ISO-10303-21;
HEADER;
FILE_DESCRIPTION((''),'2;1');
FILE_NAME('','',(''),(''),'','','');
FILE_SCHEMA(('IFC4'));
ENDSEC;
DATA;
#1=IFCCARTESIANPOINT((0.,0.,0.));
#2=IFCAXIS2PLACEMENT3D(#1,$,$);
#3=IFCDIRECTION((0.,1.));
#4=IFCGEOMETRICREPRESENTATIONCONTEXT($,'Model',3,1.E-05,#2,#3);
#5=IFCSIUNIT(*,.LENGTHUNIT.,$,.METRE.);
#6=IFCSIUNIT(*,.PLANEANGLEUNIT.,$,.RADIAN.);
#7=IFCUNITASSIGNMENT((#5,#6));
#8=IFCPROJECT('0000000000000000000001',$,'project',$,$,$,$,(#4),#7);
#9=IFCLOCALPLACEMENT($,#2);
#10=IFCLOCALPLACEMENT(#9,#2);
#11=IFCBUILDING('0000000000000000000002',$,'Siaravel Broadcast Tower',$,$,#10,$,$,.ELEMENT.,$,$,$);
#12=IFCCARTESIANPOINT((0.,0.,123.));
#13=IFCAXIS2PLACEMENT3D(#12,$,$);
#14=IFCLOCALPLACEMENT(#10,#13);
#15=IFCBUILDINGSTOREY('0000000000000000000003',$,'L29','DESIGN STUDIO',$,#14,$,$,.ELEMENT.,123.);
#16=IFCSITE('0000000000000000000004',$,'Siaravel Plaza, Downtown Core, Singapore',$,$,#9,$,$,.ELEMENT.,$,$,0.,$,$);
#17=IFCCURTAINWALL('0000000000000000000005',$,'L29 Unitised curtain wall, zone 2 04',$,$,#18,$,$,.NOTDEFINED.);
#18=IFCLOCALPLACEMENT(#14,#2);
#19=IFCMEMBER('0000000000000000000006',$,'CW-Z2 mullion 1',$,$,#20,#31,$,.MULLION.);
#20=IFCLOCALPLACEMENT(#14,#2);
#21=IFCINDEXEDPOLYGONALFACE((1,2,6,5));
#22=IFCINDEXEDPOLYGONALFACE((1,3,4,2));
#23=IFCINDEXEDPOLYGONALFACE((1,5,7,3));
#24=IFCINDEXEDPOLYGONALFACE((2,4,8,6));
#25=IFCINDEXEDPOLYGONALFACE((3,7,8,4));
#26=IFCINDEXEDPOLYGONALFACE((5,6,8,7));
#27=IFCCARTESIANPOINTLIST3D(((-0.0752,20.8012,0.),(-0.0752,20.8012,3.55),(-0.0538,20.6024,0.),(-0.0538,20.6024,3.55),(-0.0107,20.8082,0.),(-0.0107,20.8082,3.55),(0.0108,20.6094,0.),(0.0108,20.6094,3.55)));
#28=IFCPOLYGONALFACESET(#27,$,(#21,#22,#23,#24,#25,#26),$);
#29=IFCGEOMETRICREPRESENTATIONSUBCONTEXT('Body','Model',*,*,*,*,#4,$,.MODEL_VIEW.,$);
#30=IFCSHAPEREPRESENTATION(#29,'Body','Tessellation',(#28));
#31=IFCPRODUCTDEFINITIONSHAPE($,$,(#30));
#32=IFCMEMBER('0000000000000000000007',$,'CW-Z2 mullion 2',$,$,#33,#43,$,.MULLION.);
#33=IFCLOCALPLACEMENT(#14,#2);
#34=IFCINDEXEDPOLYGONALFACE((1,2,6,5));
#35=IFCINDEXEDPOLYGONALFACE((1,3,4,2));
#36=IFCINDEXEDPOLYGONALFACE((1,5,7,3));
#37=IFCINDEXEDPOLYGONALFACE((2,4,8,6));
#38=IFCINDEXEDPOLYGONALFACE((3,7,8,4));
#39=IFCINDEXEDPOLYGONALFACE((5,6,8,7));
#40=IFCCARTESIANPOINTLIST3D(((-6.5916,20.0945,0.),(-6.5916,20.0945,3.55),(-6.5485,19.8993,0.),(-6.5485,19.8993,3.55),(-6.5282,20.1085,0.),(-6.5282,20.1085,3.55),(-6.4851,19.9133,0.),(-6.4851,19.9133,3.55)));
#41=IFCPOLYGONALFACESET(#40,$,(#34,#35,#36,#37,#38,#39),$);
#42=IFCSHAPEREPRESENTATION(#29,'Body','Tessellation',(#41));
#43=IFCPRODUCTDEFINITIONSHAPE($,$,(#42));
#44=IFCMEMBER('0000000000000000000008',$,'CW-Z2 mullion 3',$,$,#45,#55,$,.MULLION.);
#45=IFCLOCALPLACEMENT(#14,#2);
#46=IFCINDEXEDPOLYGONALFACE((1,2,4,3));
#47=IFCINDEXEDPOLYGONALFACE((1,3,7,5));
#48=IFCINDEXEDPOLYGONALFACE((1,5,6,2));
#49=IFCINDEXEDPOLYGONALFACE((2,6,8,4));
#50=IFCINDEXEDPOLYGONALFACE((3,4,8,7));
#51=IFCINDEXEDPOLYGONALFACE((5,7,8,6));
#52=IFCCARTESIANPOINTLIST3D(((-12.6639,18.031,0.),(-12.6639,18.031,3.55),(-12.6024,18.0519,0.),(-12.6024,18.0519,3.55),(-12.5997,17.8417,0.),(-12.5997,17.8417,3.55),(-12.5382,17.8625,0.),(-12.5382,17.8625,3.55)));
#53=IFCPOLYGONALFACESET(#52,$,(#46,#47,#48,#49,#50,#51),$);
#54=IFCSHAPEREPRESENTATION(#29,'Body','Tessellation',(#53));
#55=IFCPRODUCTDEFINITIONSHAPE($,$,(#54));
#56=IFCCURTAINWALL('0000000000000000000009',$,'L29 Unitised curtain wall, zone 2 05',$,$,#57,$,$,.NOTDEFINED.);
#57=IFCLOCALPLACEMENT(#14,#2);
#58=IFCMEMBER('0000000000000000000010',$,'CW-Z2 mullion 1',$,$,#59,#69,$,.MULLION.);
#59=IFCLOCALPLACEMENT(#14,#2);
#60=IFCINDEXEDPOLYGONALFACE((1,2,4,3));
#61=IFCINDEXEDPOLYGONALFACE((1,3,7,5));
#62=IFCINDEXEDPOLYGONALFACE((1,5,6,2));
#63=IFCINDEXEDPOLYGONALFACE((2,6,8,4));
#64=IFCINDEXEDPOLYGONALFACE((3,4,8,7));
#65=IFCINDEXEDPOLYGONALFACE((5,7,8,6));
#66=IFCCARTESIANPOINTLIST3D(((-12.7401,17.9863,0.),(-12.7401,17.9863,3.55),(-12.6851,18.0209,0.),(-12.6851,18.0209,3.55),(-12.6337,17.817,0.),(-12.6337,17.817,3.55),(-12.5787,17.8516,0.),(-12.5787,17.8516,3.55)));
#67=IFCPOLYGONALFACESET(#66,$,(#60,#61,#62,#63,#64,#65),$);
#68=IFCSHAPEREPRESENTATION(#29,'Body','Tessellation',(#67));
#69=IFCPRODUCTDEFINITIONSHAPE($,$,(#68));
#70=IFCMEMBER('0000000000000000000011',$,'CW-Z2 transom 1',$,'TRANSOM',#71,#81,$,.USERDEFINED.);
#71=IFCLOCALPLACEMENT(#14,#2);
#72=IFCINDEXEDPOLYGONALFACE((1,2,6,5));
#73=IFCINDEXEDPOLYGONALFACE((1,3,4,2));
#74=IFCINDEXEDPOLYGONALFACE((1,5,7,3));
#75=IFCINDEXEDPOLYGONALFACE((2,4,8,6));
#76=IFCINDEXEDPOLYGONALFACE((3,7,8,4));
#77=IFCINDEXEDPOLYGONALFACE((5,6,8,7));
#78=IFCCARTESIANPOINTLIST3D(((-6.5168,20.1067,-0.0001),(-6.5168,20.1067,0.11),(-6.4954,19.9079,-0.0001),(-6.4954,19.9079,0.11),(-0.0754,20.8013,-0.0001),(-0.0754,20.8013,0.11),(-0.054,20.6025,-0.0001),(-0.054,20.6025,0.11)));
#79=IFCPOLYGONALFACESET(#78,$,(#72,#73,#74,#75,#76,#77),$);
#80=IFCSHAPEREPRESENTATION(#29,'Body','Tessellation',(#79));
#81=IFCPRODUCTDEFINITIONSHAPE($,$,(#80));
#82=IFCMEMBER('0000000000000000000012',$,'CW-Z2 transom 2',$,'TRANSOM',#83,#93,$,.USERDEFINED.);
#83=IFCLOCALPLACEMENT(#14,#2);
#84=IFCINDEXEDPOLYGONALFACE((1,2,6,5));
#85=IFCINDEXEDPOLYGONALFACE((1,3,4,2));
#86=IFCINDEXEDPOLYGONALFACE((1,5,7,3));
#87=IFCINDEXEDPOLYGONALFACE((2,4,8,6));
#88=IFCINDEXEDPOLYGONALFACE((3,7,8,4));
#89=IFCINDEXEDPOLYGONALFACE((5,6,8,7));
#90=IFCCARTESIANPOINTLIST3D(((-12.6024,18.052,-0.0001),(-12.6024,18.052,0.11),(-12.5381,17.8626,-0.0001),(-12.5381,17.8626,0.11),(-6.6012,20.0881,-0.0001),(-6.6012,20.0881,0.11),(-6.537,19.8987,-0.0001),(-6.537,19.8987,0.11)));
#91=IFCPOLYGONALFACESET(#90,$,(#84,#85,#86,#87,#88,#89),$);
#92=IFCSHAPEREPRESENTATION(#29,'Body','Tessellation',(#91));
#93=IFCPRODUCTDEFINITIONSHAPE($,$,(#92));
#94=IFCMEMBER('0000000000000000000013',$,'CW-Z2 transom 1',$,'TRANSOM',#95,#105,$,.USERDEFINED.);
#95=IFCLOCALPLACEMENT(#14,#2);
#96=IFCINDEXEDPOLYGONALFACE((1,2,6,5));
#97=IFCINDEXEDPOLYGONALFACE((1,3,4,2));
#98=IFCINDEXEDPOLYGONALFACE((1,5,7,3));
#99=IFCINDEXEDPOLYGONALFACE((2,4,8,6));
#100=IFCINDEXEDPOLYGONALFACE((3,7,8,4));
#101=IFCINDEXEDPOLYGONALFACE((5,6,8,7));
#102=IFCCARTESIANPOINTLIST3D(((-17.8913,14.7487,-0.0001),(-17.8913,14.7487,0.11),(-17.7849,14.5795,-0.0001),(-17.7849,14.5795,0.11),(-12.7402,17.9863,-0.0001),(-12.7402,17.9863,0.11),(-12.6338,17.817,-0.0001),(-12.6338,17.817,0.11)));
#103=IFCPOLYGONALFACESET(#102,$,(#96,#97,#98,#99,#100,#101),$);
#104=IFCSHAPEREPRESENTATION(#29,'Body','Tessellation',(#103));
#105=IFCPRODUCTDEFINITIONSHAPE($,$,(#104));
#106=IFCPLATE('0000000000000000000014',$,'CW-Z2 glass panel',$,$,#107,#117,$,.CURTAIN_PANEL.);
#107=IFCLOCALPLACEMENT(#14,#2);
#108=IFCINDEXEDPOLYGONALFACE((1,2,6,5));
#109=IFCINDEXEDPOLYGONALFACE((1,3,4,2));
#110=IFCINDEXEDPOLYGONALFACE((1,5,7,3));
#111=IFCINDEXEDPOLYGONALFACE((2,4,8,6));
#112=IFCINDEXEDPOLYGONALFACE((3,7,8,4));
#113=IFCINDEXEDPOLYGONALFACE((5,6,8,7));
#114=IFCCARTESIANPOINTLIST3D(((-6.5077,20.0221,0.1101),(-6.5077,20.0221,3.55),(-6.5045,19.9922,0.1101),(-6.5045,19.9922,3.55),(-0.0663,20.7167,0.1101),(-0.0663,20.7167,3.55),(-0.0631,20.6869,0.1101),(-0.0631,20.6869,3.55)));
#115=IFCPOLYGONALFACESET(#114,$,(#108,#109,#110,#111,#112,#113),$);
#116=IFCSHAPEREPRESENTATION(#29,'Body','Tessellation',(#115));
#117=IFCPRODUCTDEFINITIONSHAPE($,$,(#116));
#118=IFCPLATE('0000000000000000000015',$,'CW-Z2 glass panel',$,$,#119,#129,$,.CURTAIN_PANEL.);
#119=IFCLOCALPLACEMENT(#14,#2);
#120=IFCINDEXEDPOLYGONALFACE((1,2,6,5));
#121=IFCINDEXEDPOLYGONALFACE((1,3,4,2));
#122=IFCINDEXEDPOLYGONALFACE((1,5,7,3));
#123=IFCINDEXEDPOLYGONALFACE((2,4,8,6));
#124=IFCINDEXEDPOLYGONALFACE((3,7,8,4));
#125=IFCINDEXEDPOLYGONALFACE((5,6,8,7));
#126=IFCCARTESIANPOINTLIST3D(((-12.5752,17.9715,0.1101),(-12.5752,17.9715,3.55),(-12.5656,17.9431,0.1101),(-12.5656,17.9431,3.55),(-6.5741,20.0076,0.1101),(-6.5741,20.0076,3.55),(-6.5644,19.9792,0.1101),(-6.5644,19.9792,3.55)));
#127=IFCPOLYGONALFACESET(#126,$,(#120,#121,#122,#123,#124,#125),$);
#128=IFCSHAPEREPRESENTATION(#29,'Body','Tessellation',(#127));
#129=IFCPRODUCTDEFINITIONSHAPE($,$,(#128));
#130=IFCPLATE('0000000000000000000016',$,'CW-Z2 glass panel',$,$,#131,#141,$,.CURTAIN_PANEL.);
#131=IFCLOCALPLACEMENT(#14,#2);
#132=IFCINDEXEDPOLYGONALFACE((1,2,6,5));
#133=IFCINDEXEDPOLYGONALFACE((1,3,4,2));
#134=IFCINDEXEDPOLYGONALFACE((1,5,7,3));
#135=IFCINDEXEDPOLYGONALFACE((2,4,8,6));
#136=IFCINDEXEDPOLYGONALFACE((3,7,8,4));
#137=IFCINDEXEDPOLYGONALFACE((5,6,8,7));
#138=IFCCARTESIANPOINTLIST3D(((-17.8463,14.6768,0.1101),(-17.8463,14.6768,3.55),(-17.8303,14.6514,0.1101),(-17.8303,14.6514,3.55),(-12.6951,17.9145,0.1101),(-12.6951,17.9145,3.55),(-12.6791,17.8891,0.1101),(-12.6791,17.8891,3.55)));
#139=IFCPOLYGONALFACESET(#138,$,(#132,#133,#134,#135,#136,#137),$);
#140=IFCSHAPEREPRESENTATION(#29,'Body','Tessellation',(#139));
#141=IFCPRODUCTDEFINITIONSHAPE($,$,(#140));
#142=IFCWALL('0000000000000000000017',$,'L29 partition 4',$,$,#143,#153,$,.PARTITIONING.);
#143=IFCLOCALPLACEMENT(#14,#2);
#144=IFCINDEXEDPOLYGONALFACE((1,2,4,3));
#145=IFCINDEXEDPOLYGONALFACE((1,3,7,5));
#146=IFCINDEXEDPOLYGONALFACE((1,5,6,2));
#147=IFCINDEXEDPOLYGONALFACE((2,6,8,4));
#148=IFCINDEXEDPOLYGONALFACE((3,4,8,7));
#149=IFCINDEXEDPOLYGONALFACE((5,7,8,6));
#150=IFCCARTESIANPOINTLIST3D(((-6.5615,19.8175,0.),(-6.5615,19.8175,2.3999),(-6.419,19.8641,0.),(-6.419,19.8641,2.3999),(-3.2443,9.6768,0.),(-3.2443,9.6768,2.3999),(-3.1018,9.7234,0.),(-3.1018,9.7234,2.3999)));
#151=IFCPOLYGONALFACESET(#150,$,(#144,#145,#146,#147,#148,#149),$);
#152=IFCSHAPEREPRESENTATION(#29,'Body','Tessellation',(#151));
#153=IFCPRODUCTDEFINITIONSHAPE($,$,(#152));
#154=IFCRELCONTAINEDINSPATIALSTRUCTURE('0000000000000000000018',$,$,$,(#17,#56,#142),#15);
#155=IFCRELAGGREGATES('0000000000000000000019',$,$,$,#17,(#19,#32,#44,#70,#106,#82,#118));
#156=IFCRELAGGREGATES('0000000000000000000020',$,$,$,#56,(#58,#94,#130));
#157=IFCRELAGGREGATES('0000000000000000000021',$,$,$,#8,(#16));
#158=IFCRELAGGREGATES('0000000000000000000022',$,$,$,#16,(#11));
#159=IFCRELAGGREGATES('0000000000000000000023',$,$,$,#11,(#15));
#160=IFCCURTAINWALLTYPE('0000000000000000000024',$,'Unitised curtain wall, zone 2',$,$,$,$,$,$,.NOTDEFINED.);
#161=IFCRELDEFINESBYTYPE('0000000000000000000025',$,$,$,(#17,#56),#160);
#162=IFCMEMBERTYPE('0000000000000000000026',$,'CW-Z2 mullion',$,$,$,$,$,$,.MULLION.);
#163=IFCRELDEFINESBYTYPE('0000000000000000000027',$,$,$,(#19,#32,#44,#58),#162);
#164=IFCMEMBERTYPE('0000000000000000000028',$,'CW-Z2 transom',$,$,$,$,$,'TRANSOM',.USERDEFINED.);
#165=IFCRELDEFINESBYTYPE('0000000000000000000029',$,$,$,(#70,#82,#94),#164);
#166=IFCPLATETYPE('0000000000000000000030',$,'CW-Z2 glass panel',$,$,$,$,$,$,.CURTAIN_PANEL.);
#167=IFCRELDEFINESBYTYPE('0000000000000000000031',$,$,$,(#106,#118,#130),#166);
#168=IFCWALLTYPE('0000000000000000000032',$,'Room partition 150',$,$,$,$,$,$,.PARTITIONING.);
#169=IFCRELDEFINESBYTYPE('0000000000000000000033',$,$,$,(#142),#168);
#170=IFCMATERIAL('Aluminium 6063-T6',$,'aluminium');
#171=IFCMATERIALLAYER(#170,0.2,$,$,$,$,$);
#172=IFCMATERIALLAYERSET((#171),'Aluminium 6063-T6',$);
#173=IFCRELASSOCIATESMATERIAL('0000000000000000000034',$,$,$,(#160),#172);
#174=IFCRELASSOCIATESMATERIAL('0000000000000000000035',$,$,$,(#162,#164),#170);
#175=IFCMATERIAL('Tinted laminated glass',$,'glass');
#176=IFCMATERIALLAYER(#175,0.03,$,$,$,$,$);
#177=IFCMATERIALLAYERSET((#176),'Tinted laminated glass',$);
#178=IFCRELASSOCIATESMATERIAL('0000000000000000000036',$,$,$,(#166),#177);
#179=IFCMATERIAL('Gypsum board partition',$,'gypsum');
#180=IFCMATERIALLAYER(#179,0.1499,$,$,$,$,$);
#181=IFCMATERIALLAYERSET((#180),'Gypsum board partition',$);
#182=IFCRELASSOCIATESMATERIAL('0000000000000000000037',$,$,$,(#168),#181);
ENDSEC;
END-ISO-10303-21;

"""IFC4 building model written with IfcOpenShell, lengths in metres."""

from ifc_helpers import new_model, si_unit, direction, frame, frame_2d, origin, origin_2d, place, context, subcontext, project, spatial, rectangle, extrude, material, layer, layer_set, material_profile, profile_set, type_object, element, aggregate, save


model = new_model("IFC4")

# Units and contexts
model_context = context("Model", 3, precision=1e-05, world=origin(), true_north=direction((0.0, 1.0)))
body_context = subcontext(model_context, "Body", "Model", "MODEL_VIEW")
ifc_project = project(units=[si_unit("LENGTHUNIT", "METRE"), si_unit("PLANEANGLEUNIT", "RADIAN")], contexts=[model_context])

# Site, building, storey
site_placement = place(None, origin())
site = spatial("IfcSite", under=ifc_project, at=site_placement, Name="Siaravel Plaza, Downtown Core, Singapore", CompositionType="ELEMENT", RefElevation=0.0)
building_placement = place(site_placement, origin())
building = spatial("IfcBuilding", under=site, at=building_placement, Name="Siaravel Broadcast Tower", CompositionType="ELEMENT")
storey_placement = place(building_placement, frame((0.0, 0.0, 123.0)))
storey = spatial("IfcBuildingStorey", under=building, at=storey_placement, Name="L29", Description="DESIGN STUDIO", CompositionType="ELEMENT", Elevation=123.0)

# Curtain wall, members
ifc_material_1 = material(Name="Aluminium 6063-T6", Category="aluminium")
ifc_layer_1 = layer(ifc_material_1, 0.2)
ifc_layer_set_1 = layer_set([ifc_layer_1], Name="Aluminium 6063-T6")
curtain_wall_type = type_object("IfcCurtainWallType", Name="Unitised curtain wall, zone 2", PredefinedType="NOTDEFINED", material=ifc_layer_set_1)
curtain_wall_1_placement = place(storey_placement, origin())
curtain_wall_1 = element("IfcCurtainWall", 1, at=curtain_wall_1_placement, inside=storey, type_object=curtain_wall_type, Name="L29 Unitised curtain wall, zone 2 04", PredefinedType="NOTDEFINED")
ifc_material_profile_1 = material_profile(ifc_material_1, rectangle(XDim=0.2, YDim=0.0649, at=origin_2d()))
ifc_profile_set_1 = profile_set([ifc_material_profile_1], Name="Aluminium 6063-T6")
member_type_1 = type_object("IfcMemberType", Name="CW-Z2 mullion", PredefinedType="MULLION", material=ifc_profile_set_1)
member_1_placement = place(storey_placement, frame((-0.0322, 20.7053, 0.0), z_axis=(0.0, 0.0, 1.0), x_axis=(0.107217, -0.994236, 0.0)))
member_1 = element("IfcMember", 2, at=member_1_placement, type_object=member_type_1, Name="CW-Z2 mullion 1", PredefinedType="MULLION", context=body_context, shape_type="SweptSolid", body=[
    extrude(rectangle(XDim=0.2, YDim=0.0649, at=origin_2d()), origin(), (0.0, 0.0, 1.0), 3.55),
])
member_2_placement = place(storey_placement, frame((-6.5383, 20.0039, 0.0), z_axis=(0.0, 0.0, 1.0), x_axis=(0.215558, -0.976491, 0.0)))
member_2 = element("IfcMember", 3, at=member_2_placement, type_object=member_type_1, Name="CW-Z2 mullion 2", PredefinedType="MULLION", context=body_context, shape_type="SweptSolid", body=[
    extrude(rectangle(XDim=0.2, YDim=0.0649, at=origin_2d()), origin(), (0.0, 0.0, 1.0), 3.55),
])
member_3_placement = place(storey_placement, frame((-12.6011, 17.9468, 0.0), z_axis=(0.0, 0.0, 1.0), x_axis=(0.321301, -0.946977, 0.0)))
member_3 = element("IfcMember", 4, at=member_3_placement, type_object=member_type_1, Name="CW-Z2 mullion 3", PredefinedType="MULLION", context=body_context, shape_type="SweptSolid", body=[
    extrude(rectangle(XDim=0.2, YDim=0.0649, at=origin_2d()), origin(), (0.0, 0.0, 1.0), 3.55),
])

# Curtain wall, member
curtain_wall_2_placement = place(storey_placement, origin())
curtain_wall_2 = element("IfcCurtainWall", 5, at=curtain_wall_2_placement, inside=storey, type_object=curtain_wall_type, Name="L29 Unitised curtain wall, zone 2 05", PredefinedType="NOTDEFINED")
member_4_placement = place(storey_placement, frame((-12.6594, 17.9189, 0.0), z_axis=(0.0, 0.0, 1.0), x_axis=(0.532149, -0.846651, 0.0)))
member_4 = element("IfcMember", 6, at=member_4_placement, type_object=member_type_1, Name="CW-Z2 mullion 1", PredefinedType="MULLION", context=body_context, shape_type="SweptSolid", body=[
    extrude(rectangle(XDim=0.2, YDim=0.0649, at=origin_2d()), origin(), (0.0, 0.0, 1.0), 3.55),
])

# Members
ifc_material_profile_2 = material_profile(ifc_material_1, rectangle(XDim=0.2, YDim=0.1101, at=origin_2d()))
ifc_profile_set_2 = profile_set([ifc_material_profile_2], Name="Aluminium 6063-T6")
member_type_2 = type_object("IfcMemberType", Name="CW-Z2 transom", ElementType="TRANSOM", PredefinedType="USERDEFINED", material=ifc_profile_set_2)
member_5_placement = place(storey_placement, frame((-0.0647, 20.7019, 0.0549), z_axis=(-0.994237, -0.107209, 0.0), x_axis=(0.107209, -0.994237, 0.0)))
member_5 = element("IfcMember", 7, at=member_5_placement, type_object=member_type_2, Name="CW-Z2 transom 1", ObjectType="TRANSOM", PredefinedType="USERDEFINED", context=body_context, shape_type="SweptSolid", body=[
    extrude(rectangle(XDim=0.2, YDim=0.1101, at=origin_2d()), origin(), (0.0, 0.0, 1.0), 6.4788),
])
member_6_placement = place(storey_placement, frame((-6.5691, 19.9934, 0.0549), z_axis=(-0.946978, -0.321297, 0.0), x_axis=(0.321297, -0.946978, 0.0)))
member_6 = element("IfcMember", 8, at=member_6_placement, type_object=member_type_2, Name="CW-Z2 transom 2", ObjectType="TRANSOM", PredefinedType="USERDEFINED", context=body_context, shape_type="SweptSolid", body=[
    extrude(rectangle(XDim=0.2, YDim=0.1101, at=origin_2d()), origin(), (0.0, 0.0, 1.0), 6.3372),
])
member_7_placement = place(storey_placement, frame((-12.687, 17.9016, 0.0549), z_axis=(-0.846659, -0.532136, 0.0), x_axis=(0.532136, -0.846659, 0.0)))
member_7 = element("IfcMember", 9, at=member_7_placement, type_object=member_type_2, Name="CW-Z2 transom 1", ObjectType="TRANSOM", PredefinedType="USERDEFINED", context=body_context, shape_type="SweptSolid", body=[
    extrude(rectangle(XDim=0.2, YDim=0.1101, at=origin_2d()), origin(), (0.0, 0.0, 1.0), 6.084),
])

# Plates
ifc_material_2 = material(Name="Tinted laminated glass", Category="glass")
ifc_layer_2 = layer(ifc_material_2, 0.03)
ifc_layer_set_2 = layer_set([ifc_layer_2], Name="Tinted laminated glass")
plate_type = type_object("IfcPlateType", Name="CW-Z2 glass panel", PredefinedType="CURTAIN_PANEL", material=ifc_layer_set_2)
plate_1_placement = place(storey_placement, frame((-3.2854, 20.3545, 0.1101), z_axis=(0.0, 0.0, 1.0), x_axis=(-0.994236, -0.107217, 0.0)))
plate_1 = element("IfcPlate", 10, at=plate_1_placement, type_object=plate_type, Name="CW-Z2 glass panel", PredefinedType="CURTAIN_PANEL", context=body_context, shape_type="SweptSolid", body=[
    extrude(rectangle(XDim=6.4788, YDim=0.03, at=origin_2d()), origin(), (0.0, 0.0, 1.0), 3.4399),
])
plate_2_placement = place(storey_placement, frame((-9.5698, 18.9753, 0.1101), z_axis=(0.0, 0.0, 1.0), x_axis=(-0.946977, -0.321301, 0.0)))
plate_2 = element("IfcPlate", 11, at=plate_2_placement, type_object=plate_type, Name="CW-Z2 glass panel", PredefinedType="CURTAIN_PANEL", context=body_context, shape_type="SweptSolid", body=[
    extrude(rectangle(XDim=6.3372, YDim=0.03, at=origin_2d()), origin(), (0.0, 0.0, 1.0), 3.4399),
])
aggregate(curtain_wall_1, [member_1, member_2, member_3, member_5, plate_1, member_6, plate_2])
plate_3_placement = place(storey_placement, frame((-15.2627, 16.283, 0.1101), z_axis=(0.0, 0.0, 1.0), x_axis=(-0.846651, -0.532149, 0.0)))
plate_3 = element("IfcPlate", 12, at=plate_3_placement, type_object=plate_type, Name="CW-Z2 glass panel", PredefinedType="CURTAIN_PANEL", context=body_context, shape_type="SweptSolid", body=[
    extrude(rectangle(XDim=6.0842, YDim=0.03, at=origin_2d()), origin(), (0.0, 0.0, 1.0), 3.4399),
])
aggregate(curtain_wall_2, [member_4, member_7, plate_3])

# Wall
ifc_material_3 = material(Name="Gypsum board partition", Category="gypsum")
ifc_layer_3 = layer(ifc_material_3, 0.1499)
ifc_layer_set_3 = layer_set([ifc_layer_3], Name="Gypsum board partition")
wall_type = type_object("IfcWallType", Name="Room partition 150", PredefinedType="PARTITIONING", material=ifc_layer_set_3)
wall_placement = place(storey_placement, frame((-6.4902, 19.8408, 0.0), z_axis=(0.0, 0.0, 1.0), x_axis=(0.310903, -0.950442, 0.0)))
element("IfcWall", 13, at=wall_placement, inside=storey, type_object=wall_type, Name="L29 partition 4", PredefinedType="PARTITIONING", context=body_context, shape_type="SweptSolid", body=[
    extrude(rectangle(XDim=10.6694, YDim=0.1499, at=frame_2d((5.3347, 0.0))), origin(), (0.0, 0.0, 1.0), 2.3999),
])

save(model, "model.ifc")
